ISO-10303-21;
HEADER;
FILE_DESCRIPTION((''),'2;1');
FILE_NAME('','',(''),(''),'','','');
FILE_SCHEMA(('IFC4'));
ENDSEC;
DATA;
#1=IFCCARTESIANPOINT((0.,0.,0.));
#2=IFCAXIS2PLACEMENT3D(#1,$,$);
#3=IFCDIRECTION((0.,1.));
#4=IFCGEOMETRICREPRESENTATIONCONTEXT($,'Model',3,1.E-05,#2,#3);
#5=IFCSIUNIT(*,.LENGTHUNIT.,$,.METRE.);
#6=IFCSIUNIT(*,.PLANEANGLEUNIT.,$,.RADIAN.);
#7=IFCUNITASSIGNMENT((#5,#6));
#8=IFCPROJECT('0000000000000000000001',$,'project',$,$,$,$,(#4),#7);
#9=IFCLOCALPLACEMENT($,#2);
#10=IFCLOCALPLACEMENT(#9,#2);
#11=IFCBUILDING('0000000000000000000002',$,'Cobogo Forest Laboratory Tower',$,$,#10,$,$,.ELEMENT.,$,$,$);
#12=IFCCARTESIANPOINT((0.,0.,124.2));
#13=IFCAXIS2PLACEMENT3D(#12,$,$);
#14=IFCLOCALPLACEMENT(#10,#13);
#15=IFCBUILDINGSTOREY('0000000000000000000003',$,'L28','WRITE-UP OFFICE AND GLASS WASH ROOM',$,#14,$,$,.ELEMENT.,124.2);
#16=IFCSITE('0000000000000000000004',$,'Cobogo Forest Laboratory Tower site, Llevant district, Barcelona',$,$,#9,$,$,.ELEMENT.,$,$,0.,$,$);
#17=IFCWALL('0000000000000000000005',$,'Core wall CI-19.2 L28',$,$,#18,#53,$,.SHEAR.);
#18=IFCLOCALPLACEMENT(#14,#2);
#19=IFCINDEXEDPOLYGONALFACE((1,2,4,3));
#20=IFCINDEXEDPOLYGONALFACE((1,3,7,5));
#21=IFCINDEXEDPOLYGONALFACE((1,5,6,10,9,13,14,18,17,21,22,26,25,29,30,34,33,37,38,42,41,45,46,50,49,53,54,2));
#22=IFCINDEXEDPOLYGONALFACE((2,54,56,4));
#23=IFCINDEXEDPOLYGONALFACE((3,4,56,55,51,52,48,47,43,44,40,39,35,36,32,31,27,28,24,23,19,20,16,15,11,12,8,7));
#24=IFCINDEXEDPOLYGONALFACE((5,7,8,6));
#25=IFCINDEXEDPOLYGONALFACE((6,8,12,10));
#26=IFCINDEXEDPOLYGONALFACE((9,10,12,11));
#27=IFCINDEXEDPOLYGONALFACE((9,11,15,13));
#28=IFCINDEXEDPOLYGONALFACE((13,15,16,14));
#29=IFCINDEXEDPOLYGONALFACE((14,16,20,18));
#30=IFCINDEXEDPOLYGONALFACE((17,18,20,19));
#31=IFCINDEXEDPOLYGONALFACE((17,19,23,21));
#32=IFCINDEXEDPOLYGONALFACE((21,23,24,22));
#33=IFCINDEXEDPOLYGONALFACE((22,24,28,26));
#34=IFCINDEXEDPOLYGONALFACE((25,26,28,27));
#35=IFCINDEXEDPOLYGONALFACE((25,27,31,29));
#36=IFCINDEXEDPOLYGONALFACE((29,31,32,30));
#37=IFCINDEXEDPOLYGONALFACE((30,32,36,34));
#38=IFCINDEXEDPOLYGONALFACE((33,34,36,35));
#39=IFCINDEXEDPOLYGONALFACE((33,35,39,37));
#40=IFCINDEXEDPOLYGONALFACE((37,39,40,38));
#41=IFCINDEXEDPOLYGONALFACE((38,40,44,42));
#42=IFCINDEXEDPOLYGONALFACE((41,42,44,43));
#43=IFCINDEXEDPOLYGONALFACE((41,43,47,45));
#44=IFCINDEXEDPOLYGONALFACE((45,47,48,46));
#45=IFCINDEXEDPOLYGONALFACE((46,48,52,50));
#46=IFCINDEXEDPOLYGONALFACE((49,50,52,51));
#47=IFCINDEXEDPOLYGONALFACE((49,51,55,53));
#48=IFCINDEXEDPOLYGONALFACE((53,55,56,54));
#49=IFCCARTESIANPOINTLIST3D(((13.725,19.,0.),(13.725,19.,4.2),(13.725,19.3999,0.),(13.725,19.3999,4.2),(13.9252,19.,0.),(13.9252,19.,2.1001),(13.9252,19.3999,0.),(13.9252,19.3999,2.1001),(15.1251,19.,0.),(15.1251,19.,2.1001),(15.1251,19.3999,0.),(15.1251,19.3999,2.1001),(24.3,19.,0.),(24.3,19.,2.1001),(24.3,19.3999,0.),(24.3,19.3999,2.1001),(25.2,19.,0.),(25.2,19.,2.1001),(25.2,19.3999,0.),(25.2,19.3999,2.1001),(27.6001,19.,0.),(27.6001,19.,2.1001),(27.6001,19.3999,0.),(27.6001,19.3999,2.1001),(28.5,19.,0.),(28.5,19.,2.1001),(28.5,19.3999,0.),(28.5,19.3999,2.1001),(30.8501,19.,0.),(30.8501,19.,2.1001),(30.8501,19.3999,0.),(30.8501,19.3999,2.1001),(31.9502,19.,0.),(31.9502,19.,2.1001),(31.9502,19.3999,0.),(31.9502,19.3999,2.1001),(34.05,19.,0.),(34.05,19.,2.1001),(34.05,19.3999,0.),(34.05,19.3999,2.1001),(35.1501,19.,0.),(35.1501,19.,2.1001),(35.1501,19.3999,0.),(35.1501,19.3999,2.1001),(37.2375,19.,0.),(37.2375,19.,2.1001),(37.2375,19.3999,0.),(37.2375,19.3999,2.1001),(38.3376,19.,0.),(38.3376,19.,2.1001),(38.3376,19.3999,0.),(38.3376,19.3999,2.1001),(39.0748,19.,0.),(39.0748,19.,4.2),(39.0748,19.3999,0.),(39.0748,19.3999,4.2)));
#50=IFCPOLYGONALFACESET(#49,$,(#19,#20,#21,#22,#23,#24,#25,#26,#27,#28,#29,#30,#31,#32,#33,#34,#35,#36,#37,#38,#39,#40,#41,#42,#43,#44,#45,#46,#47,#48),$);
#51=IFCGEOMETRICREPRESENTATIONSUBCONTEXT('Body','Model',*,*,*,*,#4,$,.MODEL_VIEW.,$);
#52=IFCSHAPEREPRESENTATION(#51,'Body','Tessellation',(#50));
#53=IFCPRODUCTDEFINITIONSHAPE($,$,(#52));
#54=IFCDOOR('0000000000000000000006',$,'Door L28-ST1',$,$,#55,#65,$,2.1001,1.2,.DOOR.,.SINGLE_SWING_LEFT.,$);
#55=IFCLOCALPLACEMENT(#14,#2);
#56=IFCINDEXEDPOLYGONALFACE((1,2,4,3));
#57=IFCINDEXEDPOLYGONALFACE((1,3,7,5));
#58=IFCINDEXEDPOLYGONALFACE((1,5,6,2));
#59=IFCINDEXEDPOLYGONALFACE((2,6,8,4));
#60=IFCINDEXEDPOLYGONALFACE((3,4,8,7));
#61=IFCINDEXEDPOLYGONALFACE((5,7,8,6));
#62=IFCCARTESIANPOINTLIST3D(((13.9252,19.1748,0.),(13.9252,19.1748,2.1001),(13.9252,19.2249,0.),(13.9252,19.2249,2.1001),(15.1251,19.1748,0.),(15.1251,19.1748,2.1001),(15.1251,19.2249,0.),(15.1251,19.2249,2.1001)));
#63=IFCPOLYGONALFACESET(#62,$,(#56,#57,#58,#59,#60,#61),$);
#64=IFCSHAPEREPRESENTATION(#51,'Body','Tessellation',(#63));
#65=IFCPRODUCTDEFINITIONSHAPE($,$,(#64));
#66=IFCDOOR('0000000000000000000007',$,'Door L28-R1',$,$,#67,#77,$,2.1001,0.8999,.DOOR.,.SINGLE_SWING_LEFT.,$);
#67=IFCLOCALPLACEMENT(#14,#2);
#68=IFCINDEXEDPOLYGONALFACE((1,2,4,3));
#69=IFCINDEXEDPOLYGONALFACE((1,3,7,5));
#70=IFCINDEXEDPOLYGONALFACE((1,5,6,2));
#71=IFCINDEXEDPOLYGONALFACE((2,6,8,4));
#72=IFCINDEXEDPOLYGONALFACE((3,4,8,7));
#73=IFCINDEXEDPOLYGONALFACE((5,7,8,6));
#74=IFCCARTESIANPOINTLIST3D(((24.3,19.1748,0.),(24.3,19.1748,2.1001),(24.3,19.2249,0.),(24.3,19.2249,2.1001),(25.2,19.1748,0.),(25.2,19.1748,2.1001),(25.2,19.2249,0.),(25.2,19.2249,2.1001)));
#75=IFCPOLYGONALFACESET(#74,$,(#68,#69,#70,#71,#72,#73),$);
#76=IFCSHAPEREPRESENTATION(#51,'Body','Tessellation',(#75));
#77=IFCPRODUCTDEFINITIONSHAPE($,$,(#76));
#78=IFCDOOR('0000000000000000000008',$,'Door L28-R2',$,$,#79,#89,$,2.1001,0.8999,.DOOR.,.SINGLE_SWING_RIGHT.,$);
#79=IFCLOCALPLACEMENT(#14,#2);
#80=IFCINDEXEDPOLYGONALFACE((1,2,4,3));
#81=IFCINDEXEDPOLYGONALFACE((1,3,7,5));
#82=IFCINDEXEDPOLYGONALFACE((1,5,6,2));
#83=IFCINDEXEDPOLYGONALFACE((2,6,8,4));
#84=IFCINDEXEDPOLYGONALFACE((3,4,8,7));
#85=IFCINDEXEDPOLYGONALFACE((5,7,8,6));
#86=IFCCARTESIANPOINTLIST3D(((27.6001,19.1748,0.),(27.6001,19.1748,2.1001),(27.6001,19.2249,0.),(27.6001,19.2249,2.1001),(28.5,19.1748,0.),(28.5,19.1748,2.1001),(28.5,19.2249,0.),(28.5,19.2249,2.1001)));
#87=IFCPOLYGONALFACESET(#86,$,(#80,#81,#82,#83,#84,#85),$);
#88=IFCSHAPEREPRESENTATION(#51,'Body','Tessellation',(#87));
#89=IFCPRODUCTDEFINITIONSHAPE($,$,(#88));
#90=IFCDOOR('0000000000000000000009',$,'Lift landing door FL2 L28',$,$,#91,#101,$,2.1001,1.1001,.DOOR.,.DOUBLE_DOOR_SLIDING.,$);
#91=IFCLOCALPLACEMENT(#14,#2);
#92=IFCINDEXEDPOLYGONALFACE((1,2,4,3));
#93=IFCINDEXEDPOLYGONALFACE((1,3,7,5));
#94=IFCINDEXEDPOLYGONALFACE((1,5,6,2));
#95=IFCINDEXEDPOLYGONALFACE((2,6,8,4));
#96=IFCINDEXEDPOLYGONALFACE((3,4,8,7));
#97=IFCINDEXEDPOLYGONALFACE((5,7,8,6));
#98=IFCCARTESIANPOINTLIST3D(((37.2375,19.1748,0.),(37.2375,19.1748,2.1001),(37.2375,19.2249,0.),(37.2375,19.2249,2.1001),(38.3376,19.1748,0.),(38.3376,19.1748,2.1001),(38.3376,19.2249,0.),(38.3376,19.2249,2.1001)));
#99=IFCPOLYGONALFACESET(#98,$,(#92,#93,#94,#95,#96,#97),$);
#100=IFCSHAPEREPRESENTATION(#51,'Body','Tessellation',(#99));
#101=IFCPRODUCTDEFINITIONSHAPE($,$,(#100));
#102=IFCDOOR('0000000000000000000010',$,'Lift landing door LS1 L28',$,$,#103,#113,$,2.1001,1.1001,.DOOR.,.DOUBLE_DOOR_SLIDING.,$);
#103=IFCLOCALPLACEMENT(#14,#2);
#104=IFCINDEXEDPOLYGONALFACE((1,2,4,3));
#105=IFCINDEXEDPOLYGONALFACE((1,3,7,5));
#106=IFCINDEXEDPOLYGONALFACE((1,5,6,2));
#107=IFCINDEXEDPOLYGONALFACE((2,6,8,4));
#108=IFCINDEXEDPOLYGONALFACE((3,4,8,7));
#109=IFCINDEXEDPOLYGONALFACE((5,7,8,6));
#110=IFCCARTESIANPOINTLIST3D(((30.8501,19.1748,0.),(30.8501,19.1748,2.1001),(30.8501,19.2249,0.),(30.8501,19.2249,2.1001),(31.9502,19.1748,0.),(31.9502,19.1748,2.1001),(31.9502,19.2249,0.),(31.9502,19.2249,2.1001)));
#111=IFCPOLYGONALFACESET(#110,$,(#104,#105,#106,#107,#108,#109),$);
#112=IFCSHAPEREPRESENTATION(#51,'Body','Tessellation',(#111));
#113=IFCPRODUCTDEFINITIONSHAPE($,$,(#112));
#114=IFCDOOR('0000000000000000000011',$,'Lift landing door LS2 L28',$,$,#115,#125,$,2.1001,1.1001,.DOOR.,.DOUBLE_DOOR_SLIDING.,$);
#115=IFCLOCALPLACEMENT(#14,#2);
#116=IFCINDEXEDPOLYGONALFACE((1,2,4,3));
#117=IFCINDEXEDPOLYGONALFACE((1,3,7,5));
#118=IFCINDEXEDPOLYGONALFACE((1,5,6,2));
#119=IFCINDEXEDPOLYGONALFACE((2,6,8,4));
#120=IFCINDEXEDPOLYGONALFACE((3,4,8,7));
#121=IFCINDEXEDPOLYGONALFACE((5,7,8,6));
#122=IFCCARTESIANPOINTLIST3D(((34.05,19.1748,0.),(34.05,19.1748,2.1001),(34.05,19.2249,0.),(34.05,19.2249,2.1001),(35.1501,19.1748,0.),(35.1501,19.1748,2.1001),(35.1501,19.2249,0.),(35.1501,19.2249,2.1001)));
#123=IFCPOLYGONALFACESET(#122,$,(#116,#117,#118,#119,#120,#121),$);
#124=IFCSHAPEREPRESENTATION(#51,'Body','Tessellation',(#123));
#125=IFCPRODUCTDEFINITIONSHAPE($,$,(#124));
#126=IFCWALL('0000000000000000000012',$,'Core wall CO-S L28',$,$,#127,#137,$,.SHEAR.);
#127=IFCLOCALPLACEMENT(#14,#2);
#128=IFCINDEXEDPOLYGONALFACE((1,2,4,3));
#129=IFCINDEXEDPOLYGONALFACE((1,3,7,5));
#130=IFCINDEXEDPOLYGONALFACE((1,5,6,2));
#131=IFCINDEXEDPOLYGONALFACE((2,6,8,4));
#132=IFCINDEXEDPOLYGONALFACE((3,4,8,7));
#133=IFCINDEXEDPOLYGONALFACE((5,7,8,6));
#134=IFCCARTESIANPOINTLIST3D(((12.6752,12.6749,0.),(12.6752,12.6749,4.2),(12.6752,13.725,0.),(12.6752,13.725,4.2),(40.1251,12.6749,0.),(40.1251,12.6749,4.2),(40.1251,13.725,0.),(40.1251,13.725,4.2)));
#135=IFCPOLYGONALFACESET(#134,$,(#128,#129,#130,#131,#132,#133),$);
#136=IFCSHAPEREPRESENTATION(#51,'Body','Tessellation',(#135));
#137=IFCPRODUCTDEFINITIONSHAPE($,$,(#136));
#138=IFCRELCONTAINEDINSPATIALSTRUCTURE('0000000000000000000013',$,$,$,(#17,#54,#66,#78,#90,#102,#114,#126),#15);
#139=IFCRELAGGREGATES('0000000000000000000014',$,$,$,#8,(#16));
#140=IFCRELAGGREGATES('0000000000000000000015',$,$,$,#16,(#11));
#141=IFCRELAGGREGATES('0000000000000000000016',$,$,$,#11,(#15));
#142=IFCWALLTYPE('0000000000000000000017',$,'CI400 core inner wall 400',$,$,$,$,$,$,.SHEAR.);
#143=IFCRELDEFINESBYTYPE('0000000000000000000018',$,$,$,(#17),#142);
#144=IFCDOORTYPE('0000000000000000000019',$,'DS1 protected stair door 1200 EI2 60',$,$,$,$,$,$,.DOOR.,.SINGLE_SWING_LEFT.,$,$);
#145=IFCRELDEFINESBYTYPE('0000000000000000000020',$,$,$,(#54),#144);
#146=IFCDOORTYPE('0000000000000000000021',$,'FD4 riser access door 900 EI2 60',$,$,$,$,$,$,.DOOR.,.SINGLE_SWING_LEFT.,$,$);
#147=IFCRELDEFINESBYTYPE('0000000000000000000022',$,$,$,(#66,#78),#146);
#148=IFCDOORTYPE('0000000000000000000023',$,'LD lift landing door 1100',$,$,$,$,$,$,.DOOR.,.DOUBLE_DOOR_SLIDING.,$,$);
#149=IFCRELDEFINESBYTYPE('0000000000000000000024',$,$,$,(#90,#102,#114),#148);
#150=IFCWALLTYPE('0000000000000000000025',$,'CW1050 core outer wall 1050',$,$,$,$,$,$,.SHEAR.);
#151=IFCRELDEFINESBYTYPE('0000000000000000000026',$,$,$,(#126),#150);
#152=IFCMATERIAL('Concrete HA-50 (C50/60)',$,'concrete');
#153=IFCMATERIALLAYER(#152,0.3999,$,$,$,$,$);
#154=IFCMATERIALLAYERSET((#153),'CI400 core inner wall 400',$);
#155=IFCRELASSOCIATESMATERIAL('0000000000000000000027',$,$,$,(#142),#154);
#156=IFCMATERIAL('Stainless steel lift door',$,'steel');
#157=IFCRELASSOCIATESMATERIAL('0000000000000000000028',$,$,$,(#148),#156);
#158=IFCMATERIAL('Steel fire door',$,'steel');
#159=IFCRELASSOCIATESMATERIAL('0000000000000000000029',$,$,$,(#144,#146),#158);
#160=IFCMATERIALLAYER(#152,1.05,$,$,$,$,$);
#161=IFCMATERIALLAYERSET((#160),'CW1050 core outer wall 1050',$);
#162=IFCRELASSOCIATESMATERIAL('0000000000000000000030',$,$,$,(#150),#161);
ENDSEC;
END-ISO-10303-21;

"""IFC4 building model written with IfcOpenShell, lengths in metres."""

from ifc_helpers import new_model, si_unit, direction, frame, frame_2d, origin, place, context, subcontext, project, spatial, rectangle, extrude, material, layer, layer_set, type_object, element, fill, save


model = new_model("IFC4")

# Units and contexts
model_context = context("Model", 3, precision=1e-05, world=origin(), true_north=direction((0.0, 1.0)))
body_context = subcontext(model_context, "Body", "Model", "MODEL_VIEW")
ifc_project = project(units=[si_unit("LENGTHUNIT", "METRE"), si_unit("PLANEANGLEUNIT", "RADIAN")], contexts=[model_context])

# Site, building, storey
site_placement = place(None, origin())
site = spatial("IfcSite", under=ifc_project, at=site_placement, Name="Cobogo Forest Laboratory Tower site, Llevant district, Barcelona", CompositionType="ELEMENT", RefElevation=0.0)
building_placement = place(site_placement, origin())
building = spatial("IfcBuilding", under=site, at=building_placement, Name="Cobogo Forest Laboratory Tower", CompositionType="ELEMENT")
storey_placement = place(building_placement, frame((0.0, 0.0, 124.2)))
storey = spatial("IfcBuildingStorey", under=building, at=storey_placement, Name="L28", Description="WRITE-UP OFFICE AND GLASS WASH ROOM", CompositionType="ELEMENT", Elevation=124.2)

# Wall, openings, doors
ifc_material_1 = material(Name="Concrete HA-50 (C50/60)", Category="concrete")
ifc_layer_1 = layer(ifc_material_1, 0.3999)
ifc_layer_set_1 = layer_set([ifc_layer_1], Name="CI400 core inner wall 400")
wall_type_1 = type_object("IfcWallType", Name="CI400 core inner wall 400", PredefinedType="SHEAR", material=ifc_layer_set_1)
ifc_material_2 = material(Name="Steel fire door", Category="steel")
ifc_material_3 = material(Name="Stainless steel lift door", Category="steel")
door_type_1 = type_object("IfcDoorType", Name="LD lift landing door 1100", OperationType="DOUBLE_DOOR_SLIDING", PredefinedType="DOOR", material=ifc_material_3)
wall_1_placement = place(storey_placement, frame((13.7251, 19.2, 0.0), z_axis=(0.0, 0.0, 1.0), x_axis=(1.0, 0.0, 0.0)))
wall_1 = element("IfcWall", 1, at=wall_1_placement, inside=storey, type_object=wall_type_1, Name="Core wall CI-19.2 L28", PredefinedType="SHEAR", context=body_context, shape_type="SweptSolid", body=[
    extrude(rectangle(XDim=25.3499, YDim=0.3999, at=frame_2d((12.6748, 0.0))), origin(), (0.0, 0.0, 1.0), 4.2),
])
opening_1_placement = place(wall_1_placement, frame((10.575, 0.0, 0.0)))
opening_1 = element("IfcOpeningElement", 2, at=opening_1_placement, cuts=wall_1, PredefinedType="OPENING", context=body_context, shape_type="SweptSolid", body=[
    extrude(rectangle(XDim=0.8999, YDim=2.1001, at=frame_2d((0.45, 1.05))), frame((0.0, 0.21, 0.0), z_axis=(0.0, -1.0, 0.0), x_axis=(1.0, 0.0, 0.0)), (0.0, 0.0, 1.0), 0.4199),
])
opening_2_placement = place(wall_1_placement, frame((13.875, 0.0, 0.0)))
opening_2 = element("IfcOpeningElement", 3, at=opening_2_placement, cuts=wall_1, PredefinedType="OPENING", context=body_context, shape_type="SweptSolid", body=[
    extrude(rectangle(XDim=0.8999, YDim=2.1001, at=frame_2d((0.45, 1.05))), frame((0.0, 0.21, 0.0), z_axis=(0.0, -1.0, 0.0), x_axis=(1.0, 0.0, 0.0)), (0.0, 0.0, 1.0), 0.4199),
])
opening_3_placement = place(wall_1_placement, frame((0.2, 0.0, 0.0)))
opening_3 = element("IfcOpeningElement", 4, at=opening_3_placement, cuts=wall_1, PredefinedType="OPENING", context=body_context, shape_type="SweptSolid", body=[
    extrude(rectangle(XDim=1.2, YDim=2.1001, at=frame_2d((0.6001, 1.05))), frame((0.0, 0.21, 0.0), z_axis=(0.0, -1.0, 0.0), x_axis=(1.0, 0.0, 0.0)), (0.0, 0.0, 1.0), 0.4199),
])
opening_4_placement = place(wall_1_placement, frame((23.5125, 0.0, 0.0)))
opening_4 = element("IfcOpeningElement", 5, at=opening_4_placement, cuts=wall_1, PredefinedType="OPENING", context=body_context, shape_type="SweptSolid", body=[
    extrude(rectangle(XDim=1.1001, YDim=2.1001, at=frame_2d((0.55, 1.05))), frame((0.0, 0.21, 0.0), z_axis=(0.0, -1.0, 0.0), x_axis=(1.0, 0.0, 0.0)), (0.0, 0.0, 1.0), 0.4199),
])
opening_5_placement = place(wall_1_placement, frame((17.125, 0.0, 0.0)))
opening_5 = element("IfcOpeningElement", 6, at=opening_5_placement, cuts=wall_1, PredefinedType="OPENING", context=body_context, shape_type="SweptSolid", body=[
    extrude(rectangle(XDim=1.1001, YDim=2.1001, at=frame_2d((0.55, 1.05))), frame((0.0, 0.21, 0.0), z_axis=(0.0, -1.0, 0.0), x_axis=(1.0, 0.0, 0.0)), (0.0, 0.0, 1.0), 0.4199),
])
opening_6_placement = place(wall_1_placement, frame((20.325, 0.0, 0.0)))
opening_6 = element("IfcOpeningElement", 7, at=opening_6_placement, cuts=wall_1, PredefinedType="OPENING", context=body_context, shape_type="SweptSolid", body=[
    extrude(rectangle(XDim=1.1001, YDim=2.1001, at=frame_2d((0.55, 1.05))), frame((0.0, 0.21, 0.0), z_axis=(0.0, -1.0, 0.0), x_axis=(1.0, 0.0, 0.0)), (0.0, 0.0, 1.0), 0.4199),
])
door_type_2 = type_object("IfcDoorType", Name="DS1 protected stair door 1200 EI2 60", OperationType="SINGLE_SWING_LEFT", PredefinedType="DOOR", material=ifc_material_2)
door_1_placement = place(opening_3_placement, origin())
door_1 = element("IfcDoor", 8, at=door_1_placement, inside=storey, type_object=door_type_2, Name="Door L28-ST1", OperationType="SINGLE_SWING_LEFT", OverallHeight=2.1001, OverallWidth=1.2, PredefinedType="DOOR", context=body_context, shape_type="SweptSolid", body=[
    extrude(rectangle(XDim=1.2, YDim=2.1001, at=frame_2d((0.6001, 1.05))), frame((0.0, 0.0249, 0.0), z_axis=(0.0, -1.0, 0.0), x_axis=(1.0, 0.0, 0.0)), (0.0, 0.0, 1.0), 0.05),
])
fill(opening_3, door_1)
door_type_3 = type_object("IfcDoorType", Name="FD4 riser access door 900 EI2 60", OperationType="SINGLE_SWING_LEFT", PredefinedType="DOOR", material=ifc_material_2)
door_2_placement = place(opening_1_placement, origin())
door_2 = element("IfcDoor", 9, at=door_2_placement, inside=storey, type_object=door_type_3, Name="Door L28-R1", OperationType="SINGLE_SWING_LEFT", OverallHeight=2.1001, OverallWidth=0.8999, PredefinedType="DOOR", context=body_context, shape_type="SweptSolid", body=[
    extrude(rectangle(XDim=0.8999, YDim=2.1001, at=frame_2d((0.45, 1.05))), frame((0.0, 0.0249, 0.0), z_axis=(0.0, -1.0, 0.0), x_axis=(1.0, 0.0, 0.0)), (0.0, 0.0, 1.0), 0.05),
])
fill(opening_1, door_2)
door_3_placement = place(opening_2_placement, origin())
door_3 = element("IfcDoor", 10, at=door_3_placement, inside=storey, type_object=door_type_3, Name="Door L28-R2", OperationType="SINGLE_SWING_RIGHT", OverallHeight=2.1001, OverallWidth=0.8999, PredefinedType="DOOR", context=body_context, shape_type="SweptSolid", body=[
    extrude(rectangle(XDim=0.8999, YDim=2.1001, at=frame_2d((0.45, 1.05))), frame((0.0, 0.0249, 0.0), z_axis=(0.0, -1.0, 0.0), x_axis=(1.0, 0.0, 0.0)), (0.0, 0.0, 1.0), 0.05),
])
fill(opening_2, door_3)
door_4_placement = place(opening_4_placement, origin())
door_4 = element("IfcDoor", 11, at=door_4_placement, inside=storey, type_object=door_type_1, Name="Lift landing door FL2 L28", OperationType="DOUBLE_DOOR_SLIDING", OverallHeight=2.1001, OverallWidth=1.1001, PredefinedType="DOOR", context=body_context, shape_type="SweptSolid", body=[
    extrude(rectangle(XDim=1.1001, YDim=2.1001, at=frame_2d((0.55, 1.05))), frame((0.0, 0.0249, 0.0), z_axis=(0.0, -1.0, 0.0), x_axis=(1.0, 0.0, 0.0)), (0.0, 0.0, 1.0), 0.05),
])
fill(opening_4, door_4)
door_5_placement = place(opening_5_placement, origin())
door_5 = element("IfcDoor", 12, at=door_5_placement, inside=storey, type_object=door_type_1, Name="Lift landing door LS1 L28", OperationType="DOUBLE_DOOR_SLIDING", OverallHeight=2.1001, OverallWidth=1.1001, PredefinedType="DOOR", context=body_context, shape_type="SweptSolid", body=[
    extrude(rectangle(XDim=1.1001, YDim=2.1001, at=frame_2d((0.55, 1.05))), frame((0.0, 0.0249, 0.0), z_axis=(0.0, -1.0, 0.0), x_axis=(1.0, 0.0, 0.0)), (0.0, 0.0, 1.0), 0.05),
])
fill(opening_5, door_5)
door_6_placement = place(opening_6_placement, origin())
door_6 = element("IfcDoor", 13, at=door_6_placement, inside=storey, type_object=door_type_1, Name="Lift landing door LS2 L28", OperationType="DOUBLE_DOOR_SLIDING", OverallHeight=2.1001, OverallWidth=1.1001, PredefinedType="DOOR", context=body_context, shape_type="SweptSolid", body=[
    extrude(rectangle(XDim=1.1001, YDim=2.1001, at=frame_2d((0.55, 1.05))), frame((0.0, 0.0249, 0.0), z_axis=(0.0, -1.0, 0.0), x_axis=(1.0, 0.0, 0.0)), (0.0, 0.0, 1.0), 0.05),
])
fill(opening_6, door_6)

# Wall
ifc_layer_2 = layer(ifc_material_1, 1.05)
ifc_layer_set_2 = layer_set([ifc_layer_2], Name="CW1050 core outer wall 1050")
wall_type_2 = type_object("IfcWallType", Name="CW1050 core outer wall 1050", PredefinedType="SHEAR", material=ifc_layer_set_2)
wall_2_placement = place(storey_placement, frame((12.675, 13.2, 0.0), z_axis=(0.0, 0.0, 1.0), x_axis=(1.0, 0.0, 0.0)))
element("IfcWall", 14, at=wall_2_placement, inside=storey, type_object=wall_type_2, Name="Core wall CO-S L28", PredefinedType="SHEAR", context=body_context, shape_type="SweptSolid", body=[
    extrude(rectangle(XDim=27.45, YDim=1.05, at=frame_2d((13.7251, 0.0))), origin(), (0.0, 0.0, 1.0), 4.2),
])

save(model, "model.ifc")
